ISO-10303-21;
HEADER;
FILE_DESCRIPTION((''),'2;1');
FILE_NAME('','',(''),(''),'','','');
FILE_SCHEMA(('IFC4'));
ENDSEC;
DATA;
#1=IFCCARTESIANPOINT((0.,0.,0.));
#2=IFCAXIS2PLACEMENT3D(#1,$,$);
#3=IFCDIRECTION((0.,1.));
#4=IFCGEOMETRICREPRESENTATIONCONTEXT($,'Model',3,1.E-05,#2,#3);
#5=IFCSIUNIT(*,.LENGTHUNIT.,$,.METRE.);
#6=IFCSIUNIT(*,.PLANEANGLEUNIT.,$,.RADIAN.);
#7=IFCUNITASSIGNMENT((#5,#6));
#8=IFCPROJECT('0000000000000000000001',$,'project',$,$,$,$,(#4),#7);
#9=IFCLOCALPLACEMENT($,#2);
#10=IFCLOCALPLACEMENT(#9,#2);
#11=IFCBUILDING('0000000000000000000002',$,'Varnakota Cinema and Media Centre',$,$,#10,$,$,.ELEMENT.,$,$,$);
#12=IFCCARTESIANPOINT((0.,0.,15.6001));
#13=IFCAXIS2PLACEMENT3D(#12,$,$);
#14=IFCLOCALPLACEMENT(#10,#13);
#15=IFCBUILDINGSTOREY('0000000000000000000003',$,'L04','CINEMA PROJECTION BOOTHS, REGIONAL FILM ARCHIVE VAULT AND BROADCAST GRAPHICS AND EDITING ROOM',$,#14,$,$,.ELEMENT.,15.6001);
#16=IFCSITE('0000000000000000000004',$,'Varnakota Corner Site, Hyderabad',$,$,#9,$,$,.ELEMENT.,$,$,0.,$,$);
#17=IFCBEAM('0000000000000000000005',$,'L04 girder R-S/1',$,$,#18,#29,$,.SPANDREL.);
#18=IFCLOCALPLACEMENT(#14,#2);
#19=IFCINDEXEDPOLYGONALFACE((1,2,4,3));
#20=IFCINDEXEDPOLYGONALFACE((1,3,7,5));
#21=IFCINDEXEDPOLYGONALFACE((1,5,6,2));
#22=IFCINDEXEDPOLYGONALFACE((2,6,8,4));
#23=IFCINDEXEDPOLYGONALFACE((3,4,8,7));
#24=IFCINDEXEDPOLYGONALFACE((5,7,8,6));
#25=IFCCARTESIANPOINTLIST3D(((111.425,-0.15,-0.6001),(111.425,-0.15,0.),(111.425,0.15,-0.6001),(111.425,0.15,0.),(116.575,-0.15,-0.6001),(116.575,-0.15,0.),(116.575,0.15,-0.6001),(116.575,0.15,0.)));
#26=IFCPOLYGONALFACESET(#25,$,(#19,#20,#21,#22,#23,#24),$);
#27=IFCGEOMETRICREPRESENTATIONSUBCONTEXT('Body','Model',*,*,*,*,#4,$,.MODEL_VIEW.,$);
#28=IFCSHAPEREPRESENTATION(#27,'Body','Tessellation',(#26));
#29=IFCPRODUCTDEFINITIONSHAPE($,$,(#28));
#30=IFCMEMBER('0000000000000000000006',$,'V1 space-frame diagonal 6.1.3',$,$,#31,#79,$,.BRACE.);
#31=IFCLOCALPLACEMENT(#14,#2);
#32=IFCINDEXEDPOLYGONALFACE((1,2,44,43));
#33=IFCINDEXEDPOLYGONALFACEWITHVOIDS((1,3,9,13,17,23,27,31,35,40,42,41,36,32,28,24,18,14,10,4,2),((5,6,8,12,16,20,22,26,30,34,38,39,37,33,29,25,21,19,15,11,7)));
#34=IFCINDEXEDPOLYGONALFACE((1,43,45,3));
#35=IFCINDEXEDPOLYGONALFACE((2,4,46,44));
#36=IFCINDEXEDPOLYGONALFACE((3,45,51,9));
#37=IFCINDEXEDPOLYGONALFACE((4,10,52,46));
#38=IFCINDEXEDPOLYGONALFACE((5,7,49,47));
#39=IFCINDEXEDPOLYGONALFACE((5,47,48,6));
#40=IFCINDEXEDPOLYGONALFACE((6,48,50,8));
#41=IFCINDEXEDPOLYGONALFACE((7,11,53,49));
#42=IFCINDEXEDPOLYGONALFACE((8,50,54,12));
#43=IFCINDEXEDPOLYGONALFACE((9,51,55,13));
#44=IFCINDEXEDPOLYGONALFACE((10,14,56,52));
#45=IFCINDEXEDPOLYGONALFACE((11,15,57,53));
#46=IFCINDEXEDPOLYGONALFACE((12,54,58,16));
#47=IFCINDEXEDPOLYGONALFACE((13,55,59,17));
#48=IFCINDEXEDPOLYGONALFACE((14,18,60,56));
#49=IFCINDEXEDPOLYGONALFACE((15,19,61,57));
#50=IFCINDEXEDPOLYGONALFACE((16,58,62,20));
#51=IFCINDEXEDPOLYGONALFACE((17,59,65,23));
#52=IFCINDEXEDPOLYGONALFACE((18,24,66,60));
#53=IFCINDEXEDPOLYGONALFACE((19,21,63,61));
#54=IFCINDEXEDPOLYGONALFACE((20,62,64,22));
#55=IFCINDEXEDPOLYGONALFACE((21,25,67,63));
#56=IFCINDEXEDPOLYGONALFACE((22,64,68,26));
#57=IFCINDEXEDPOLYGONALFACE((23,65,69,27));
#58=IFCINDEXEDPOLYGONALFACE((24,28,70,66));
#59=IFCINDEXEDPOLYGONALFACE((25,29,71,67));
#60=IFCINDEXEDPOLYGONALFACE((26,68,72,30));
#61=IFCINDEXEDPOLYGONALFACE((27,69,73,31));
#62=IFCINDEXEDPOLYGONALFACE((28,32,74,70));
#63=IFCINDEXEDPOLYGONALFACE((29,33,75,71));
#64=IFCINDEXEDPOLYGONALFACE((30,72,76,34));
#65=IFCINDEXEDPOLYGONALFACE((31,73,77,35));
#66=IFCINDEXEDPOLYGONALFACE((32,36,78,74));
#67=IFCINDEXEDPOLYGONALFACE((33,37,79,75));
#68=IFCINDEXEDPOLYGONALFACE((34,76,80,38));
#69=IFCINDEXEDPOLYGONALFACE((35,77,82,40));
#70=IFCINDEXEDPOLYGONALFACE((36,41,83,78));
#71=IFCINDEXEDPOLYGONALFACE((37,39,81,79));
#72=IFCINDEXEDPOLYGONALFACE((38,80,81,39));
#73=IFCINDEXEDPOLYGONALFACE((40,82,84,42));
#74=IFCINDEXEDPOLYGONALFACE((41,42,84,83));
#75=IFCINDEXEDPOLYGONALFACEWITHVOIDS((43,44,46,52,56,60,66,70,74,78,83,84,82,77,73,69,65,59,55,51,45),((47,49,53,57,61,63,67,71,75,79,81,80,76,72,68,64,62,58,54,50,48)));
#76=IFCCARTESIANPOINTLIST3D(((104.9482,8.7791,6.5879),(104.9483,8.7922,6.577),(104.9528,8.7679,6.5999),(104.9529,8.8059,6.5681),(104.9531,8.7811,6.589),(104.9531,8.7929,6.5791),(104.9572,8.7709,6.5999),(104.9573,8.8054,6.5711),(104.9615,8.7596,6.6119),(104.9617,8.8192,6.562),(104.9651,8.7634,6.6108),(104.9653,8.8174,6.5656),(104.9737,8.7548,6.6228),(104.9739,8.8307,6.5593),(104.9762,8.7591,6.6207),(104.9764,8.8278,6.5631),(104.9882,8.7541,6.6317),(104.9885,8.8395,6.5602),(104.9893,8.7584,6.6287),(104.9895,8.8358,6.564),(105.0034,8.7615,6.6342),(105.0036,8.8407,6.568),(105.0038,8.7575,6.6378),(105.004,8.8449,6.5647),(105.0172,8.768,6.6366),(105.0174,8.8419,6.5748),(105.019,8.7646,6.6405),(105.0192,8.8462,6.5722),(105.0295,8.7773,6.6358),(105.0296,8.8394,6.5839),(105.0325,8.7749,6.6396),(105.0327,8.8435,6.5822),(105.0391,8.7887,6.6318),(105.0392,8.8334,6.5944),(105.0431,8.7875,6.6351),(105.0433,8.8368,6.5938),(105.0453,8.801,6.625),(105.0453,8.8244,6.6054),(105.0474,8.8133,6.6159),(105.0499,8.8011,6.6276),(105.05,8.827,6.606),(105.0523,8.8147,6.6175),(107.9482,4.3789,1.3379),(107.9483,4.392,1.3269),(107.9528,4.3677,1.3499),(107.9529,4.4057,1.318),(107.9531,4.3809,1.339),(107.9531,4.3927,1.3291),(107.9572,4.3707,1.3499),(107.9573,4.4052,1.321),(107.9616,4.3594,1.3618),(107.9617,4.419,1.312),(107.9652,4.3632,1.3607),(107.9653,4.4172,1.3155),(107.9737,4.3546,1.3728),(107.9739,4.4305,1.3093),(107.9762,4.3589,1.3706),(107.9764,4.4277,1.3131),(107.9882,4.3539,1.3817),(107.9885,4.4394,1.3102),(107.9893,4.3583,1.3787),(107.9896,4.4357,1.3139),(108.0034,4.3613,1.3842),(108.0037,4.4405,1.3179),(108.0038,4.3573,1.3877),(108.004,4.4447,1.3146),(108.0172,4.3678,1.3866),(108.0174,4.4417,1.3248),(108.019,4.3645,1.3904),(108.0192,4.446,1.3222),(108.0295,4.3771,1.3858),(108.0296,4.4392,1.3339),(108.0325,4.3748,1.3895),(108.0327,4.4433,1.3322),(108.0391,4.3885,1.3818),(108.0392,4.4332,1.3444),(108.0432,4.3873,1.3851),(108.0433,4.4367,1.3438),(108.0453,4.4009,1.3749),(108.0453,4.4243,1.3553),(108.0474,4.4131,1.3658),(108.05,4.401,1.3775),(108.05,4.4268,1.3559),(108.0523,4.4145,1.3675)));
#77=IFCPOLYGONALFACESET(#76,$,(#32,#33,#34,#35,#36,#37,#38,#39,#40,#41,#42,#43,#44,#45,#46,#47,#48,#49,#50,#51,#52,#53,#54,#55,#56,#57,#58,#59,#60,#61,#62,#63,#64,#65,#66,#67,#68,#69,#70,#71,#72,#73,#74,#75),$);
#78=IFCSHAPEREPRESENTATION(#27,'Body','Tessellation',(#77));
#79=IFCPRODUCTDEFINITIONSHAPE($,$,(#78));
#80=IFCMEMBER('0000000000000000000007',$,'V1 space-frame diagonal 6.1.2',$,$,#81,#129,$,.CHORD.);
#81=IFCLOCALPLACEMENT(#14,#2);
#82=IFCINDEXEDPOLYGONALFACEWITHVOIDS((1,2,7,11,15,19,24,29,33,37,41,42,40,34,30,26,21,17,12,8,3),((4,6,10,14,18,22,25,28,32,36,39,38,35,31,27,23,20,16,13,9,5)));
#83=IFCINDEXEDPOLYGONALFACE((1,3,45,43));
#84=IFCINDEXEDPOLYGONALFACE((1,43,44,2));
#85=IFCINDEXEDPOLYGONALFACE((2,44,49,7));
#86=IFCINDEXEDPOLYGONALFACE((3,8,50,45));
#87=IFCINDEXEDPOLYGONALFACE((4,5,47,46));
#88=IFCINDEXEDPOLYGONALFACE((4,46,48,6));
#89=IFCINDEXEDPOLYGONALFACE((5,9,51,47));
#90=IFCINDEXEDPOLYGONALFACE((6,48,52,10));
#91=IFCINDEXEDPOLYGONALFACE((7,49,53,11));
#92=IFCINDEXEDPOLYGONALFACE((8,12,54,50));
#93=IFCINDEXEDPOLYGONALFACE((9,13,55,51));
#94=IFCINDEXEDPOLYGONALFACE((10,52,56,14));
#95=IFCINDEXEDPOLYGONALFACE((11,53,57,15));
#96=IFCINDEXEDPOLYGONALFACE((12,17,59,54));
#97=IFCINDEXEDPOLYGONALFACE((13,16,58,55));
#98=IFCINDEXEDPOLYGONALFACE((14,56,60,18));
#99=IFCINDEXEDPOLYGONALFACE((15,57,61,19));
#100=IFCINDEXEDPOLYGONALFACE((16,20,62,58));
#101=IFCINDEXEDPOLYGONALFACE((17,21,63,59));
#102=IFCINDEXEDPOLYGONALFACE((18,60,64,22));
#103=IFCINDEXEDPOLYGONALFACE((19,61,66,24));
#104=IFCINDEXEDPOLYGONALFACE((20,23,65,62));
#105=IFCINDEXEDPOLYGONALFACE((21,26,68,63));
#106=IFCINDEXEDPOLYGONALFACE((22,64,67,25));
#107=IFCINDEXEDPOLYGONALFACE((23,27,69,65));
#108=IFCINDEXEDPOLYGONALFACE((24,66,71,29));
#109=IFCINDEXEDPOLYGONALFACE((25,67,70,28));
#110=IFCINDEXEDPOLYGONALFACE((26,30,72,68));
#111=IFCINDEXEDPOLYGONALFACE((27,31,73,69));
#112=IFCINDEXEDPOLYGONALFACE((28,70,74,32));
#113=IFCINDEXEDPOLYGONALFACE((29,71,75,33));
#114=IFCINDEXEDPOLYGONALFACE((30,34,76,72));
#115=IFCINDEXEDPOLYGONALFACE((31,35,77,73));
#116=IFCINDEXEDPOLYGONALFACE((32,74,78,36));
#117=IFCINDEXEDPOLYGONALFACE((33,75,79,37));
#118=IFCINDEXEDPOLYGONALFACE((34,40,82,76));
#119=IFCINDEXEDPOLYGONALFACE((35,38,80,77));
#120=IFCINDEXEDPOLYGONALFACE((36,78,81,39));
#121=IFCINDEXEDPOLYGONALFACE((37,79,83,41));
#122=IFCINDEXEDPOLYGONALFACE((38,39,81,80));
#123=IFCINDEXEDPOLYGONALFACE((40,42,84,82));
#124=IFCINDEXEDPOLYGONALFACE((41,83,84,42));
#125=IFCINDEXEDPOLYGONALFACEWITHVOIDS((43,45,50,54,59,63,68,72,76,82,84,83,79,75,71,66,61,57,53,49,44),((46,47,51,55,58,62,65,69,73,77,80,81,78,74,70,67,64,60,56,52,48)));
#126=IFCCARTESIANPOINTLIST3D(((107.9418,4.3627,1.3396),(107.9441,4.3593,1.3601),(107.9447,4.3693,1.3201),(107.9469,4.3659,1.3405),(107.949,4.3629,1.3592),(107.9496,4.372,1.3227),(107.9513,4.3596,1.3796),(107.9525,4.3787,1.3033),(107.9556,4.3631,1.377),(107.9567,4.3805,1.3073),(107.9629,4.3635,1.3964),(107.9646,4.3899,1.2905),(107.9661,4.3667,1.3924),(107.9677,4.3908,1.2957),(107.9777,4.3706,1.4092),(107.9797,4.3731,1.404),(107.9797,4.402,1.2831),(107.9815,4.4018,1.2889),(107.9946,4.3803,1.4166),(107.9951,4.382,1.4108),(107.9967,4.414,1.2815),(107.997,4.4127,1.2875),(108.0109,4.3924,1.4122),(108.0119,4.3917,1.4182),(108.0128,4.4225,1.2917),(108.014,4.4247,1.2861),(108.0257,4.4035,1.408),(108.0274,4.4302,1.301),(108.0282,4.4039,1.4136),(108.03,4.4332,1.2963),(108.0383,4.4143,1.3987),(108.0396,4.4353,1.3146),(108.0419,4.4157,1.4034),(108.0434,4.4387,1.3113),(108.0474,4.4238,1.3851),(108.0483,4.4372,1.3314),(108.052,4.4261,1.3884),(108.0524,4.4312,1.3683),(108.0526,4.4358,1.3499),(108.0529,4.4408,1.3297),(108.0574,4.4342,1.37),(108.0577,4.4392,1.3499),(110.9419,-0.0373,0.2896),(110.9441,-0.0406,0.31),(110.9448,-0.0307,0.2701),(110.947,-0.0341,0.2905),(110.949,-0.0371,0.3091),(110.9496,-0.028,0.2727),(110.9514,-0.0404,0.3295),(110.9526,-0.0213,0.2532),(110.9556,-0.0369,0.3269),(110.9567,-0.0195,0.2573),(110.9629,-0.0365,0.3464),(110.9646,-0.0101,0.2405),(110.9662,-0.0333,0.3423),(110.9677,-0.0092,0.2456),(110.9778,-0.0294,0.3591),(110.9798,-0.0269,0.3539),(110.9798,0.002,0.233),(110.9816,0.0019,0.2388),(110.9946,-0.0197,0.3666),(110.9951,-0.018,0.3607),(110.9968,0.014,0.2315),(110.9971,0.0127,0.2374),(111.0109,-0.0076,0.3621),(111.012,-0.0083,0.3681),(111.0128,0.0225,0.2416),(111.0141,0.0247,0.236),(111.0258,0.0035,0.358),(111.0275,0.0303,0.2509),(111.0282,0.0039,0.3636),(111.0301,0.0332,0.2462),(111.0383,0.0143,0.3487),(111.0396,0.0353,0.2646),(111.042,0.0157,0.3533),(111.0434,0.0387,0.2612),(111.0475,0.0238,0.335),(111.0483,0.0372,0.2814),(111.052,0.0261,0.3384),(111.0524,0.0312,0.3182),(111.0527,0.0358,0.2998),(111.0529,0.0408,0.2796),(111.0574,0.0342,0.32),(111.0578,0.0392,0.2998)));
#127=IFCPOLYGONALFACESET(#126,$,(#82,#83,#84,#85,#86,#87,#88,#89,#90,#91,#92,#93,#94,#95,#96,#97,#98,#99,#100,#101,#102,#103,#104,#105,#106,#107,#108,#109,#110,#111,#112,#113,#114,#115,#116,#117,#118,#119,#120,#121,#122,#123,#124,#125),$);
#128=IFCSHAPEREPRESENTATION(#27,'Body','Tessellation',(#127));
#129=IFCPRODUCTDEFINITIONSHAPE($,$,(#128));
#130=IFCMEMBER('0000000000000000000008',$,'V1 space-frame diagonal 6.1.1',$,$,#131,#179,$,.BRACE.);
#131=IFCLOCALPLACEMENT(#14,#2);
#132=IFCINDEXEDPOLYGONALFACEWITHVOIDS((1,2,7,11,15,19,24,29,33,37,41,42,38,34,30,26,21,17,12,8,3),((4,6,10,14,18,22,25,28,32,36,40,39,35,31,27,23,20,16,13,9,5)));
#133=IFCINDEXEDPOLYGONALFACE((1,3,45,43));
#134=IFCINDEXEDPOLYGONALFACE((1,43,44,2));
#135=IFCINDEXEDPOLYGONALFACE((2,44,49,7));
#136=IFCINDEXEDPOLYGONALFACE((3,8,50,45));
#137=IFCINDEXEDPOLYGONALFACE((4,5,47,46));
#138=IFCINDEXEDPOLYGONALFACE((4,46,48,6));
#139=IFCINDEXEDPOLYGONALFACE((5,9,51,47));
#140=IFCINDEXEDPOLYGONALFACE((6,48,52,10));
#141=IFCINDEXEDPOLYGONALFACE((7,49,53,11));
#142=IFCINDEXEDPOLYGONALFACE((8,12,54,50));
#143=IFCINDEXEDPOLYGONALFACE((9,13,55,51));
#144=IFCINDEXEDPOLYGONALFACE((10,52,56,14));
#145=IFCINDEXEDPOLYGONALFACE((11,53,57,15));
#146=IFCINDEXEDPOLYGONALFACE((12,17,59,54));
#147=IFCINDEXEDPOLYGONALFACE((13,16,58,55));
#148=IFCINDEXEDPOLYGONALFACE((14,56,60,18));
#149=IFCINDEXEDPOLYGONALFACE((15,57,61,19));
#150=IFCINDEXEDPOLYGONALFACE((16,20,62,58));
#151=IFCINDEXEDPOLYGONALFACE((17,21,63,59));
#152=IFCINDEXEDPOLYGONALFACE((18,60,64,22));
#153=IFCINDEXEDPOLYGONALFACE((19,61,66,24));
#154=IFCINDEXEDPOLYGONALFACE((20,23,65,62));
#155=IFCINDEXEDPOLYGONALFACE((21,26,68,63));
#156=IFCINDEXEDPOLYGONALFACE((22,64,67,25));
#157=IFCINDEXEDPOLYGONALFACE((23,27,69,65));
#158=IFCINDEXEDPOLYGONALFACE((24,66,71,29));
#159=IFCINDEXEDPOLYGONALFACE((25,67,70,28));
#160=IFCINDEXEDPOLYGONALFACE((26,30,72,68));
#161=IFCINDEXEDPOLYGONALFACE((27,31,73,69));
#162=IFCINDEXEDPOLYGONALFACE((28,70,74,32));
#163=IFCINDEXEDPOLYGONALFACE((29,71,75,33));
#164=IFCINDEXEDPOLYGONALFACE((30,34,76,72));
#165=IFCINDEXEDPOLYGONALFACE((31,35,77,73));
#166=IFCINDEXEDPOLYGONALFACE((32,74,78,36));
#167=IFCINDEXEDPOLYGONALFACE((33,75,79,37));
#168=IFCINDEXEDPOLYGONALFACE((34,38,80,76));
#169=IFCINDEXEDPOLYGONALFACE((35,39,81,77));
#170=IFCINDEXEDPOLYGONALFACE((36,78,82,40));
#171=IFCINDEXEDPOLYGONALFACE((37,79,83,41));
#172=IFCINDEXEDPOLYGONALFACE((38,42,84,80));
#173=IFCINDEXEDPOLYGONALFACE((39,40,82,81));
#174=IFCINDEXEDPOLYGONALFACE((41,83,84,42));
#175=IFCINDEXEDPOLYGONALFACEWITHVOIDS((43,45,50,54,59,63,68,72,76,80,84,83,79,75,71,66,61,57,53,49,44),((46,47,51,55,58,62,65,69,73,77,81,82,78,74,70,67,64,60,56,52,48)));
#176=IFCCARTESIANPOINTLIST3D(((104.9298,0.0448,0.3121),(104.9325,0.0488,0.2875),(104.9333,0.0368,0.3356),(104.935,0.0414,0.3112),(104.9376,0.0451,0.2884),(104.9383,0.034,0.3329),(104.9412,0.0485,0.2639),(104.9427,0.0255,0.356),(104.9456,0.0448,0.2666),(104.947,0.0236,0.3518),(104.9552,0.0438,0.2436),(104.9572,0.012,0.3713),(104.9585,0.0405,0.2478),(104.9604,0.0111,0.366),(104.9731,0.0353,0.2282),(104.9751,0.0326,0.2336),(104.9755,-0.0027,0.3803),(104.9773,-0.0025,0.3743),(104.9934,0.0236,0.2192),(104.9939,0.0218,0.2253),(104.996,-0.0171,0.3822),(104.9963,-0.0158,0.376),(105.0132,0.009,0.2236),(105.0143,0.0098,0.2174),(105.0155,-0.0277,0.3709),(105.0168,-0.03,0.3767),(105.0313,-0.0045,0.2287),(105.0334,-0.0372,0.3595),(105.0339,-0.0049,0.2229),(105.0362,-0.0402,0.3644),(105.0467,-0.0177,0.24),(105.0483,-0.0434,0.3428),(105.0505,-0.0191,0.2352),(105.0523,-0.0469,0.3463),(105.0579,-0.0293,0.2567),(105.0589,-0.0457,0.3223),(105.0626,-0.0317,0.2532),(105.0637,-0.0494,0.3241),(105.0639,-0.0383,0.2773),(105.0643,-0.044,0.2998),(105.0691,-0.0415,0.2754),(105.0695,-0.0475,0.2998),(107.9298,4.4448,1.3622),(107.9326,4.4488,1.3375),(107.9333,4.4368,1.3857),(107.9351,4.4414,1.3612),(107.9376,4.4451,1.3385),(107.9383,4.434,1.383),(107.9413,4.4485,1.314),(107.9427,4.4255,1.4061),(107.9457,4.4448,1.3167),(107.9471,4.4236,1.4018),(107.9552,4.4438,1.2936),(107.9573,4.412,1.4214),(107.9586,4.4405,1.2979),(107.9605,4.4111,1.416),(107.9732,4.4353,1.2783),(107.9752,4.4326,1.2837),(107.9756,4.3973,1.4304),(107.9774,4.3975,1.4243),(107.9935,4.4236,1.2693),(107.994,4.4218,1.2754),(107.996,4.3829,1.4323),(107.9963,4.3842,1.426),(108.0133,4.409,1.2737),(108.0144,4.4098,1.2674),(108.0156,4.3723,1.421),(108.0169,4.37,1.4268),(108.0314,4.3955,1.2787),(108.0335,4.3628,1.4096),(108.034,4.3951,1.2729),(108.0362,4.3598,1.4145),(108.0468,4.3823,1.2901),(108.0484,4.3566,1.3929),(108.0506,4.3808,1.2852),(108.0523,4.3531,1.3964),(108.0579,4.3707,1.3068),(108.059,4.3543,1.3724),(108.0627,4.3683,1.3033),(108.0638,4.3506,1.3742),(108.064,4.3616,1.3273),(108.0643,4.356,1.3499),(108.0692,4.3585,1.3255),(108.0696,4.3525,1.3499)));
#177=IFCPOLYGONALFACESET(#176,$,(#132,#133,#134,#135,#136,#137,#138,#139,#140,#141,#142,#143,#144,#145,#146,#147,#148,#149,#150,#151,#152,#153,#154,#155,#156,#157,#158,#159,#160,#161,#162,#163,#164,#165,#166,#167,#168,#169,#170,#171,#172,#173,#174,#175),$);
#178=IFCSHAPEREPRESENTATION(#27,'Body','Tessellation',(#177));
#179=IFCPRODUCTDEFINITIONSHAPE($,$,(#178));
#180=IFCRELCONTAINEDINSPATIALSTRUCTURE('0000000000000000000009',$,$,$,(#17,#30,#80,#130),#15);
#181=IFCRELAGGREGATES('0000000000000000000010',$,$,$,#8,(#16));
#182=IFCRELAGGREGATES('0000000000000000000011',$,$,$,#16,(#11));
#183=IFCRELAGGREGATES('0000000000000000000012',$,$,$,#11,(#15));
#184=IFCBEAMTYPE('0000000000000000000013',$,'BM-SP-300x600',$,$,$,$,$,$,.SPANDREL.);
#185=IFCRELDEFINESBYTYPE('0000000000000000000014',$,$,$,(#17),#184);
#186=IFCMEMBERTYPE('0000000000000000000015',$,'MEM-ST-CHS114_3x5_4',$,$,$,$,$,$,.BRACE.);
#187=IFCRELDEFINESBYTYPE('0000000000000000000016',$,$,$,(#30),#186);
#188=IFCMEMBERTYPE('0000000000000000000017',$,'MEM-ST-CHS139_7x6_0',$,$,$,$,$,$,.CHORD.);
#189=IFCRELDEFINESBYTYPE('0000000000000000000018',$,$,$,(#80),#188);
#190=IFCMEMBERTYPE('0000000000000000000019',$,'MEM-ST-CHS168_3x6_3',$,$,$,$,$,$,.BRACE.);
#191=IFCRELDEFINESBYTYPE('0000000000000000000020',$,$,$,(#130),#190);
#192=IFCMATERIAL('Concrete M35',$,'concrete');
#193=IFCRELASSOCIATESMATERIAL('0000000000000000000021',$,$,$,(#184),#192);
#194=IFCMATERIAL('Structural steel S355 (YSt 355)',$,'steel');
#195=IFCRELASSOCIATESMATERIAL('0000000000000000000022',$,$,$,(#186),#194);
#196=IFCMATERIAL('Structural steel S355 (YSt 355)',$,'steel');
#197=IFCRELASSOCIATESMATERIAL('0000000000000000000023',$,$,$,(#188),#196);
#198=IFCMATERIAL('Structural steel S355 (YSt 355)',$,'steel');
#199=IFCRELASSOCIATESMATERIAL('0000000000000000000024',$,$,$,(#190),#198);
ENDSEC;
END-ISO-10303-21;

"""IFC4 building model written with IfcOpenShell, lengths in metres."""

from ifc_helpers import new_model, si_unit, direction, frame, origin, origin_2d, place, context, subcontext, project, spatial, rectangle, hollow_circle, extrude, material, material_profile, profile_set, type_object, element, save


model = new_model("IFC4")

# Units and contexts
model_context = context("Model", 3, precision=1e-05, world=origin(), true_north=direction((0.0, 1.0)))
body_context = subcontext(model_context, "Body", "Model", "MODEL_VIEW")
ifc_project = project(units=[si_unit("LENGTHUNIT", "METRE"), si_unit("PLANEANGLEUNIT", "RADIAN")], contexts=[model_context])

# Site, building, storey
site_placement = place(None, origin())
site = spatial("IfcSite", under=ifc_project, at=site_placement, Name="Varnakota Corner Site, Hyderabad", CompositionType="ELEMENT", RefElevation=0.0)
building_placement = place(site_placement, origin())
building = spatial("IfcBuilding", under=site, at=building_placement, Name="Varnakota Cinema and Media Centre", CompositionType="ELEMENT")
storey_placement = place(building_placement, frame((0.0, 0.0, 15.6001)))
storey = spatial("IfcBuildingStorey", under=building, at=storey_placement, Name="L04", Description="CINEMA PROJECTION BOOTHS, REGIONAL FILM ARCHIVE VAULT AND BROADCAST GRAPHICS AND EDITING ROOM", CompositionType="ELEMENT", Elevation=15.6001)

# Beam
ifc_material_1 = material(Name="Concrete M35", Category="concrete")
ifc_material_profile_1 = material_profile(ifc_material_1, rectangle(XDim=0.3, YDim=0.6001, at=origin_2d()), Name="RCB 300x600")
ifc_profile_set_1 = profile_set([ifc_material_profile_1], Name="Concrete M35")
beam_type = type_object("IfcBeamType", Name="BM-SP-300x600", PredefinedType="SPANDREL", material=ifc_profile_set_1)
beam_placement = place(storey_placement, frame((111.425, 0.0, -0.3), z_axis=(1.0, 0.0, 0.0), x_axis=(0.0, 1.0, 0.0)))
element("IfcBeam", 1, at=beam_placement, inside=storey, type_object=beam_type, Name="L04 girder R-S/1", PredefinedType="SPANDREL", context=body_context, shape_type="SweptSolid", body=[
    extrude(rectangle(XDim=0.3, YDim=0.6001, at=origin_2d()), origin(), (0.0, 0.0, 1.0), 5.1499),
])

# Members
ifc_material_2 = material(Name="Structural steel S355 (YSt 355)", Category="steel")
ifc_material_profile_2 = material_profile(ifc_material_2, hollow_circle(Radius=0.0571, WallThickness=0.0054, at=origin_2d()), Name="CHS 114.3x5.4")
ifc_profile_set_2 = profile_set([ifc_material_profile_2], Name="Structural steel S355 (YSt 355)")
member_type_1 = type_object("IfcMemberType", Name="MEM-ST-CHS114_3x5_4", PredefinedType="BRACE", material=ifc_profile_set_2)
member_1_placement = place(storey_placement, frame((108.0, 4.3999, 1.3499), z_axis=(-0.401165, 0.588395, 0.702039), x_axis=(-0.826236, -0.563324, 0.0)))
element("IfcMember", 2, at=member_1_placement, inside=storey, type_object=member_type_1, Name="V1 space-frame diagonal 6.1.3", PredefinedType="BRACE", context=body_context, shape_type="SweptSolid", body=[
    extrude(hollow_circle(Radius=0.0571, WallThickness=0.0054, at=origin_2d()), origin(), (0.0, 0.0, 1.0), 7.4783),
])
ifc_material_3 = material(Name="Structural steel S355 (YSt 355)", Category="steel")
ifc_material_profile_3 = material_profile(ifc_material_3, hollow_circle(Radius=0.0698, WallThickness=0.0061, at=origin_2d()), Name="CHS 139.7x6.0")
ifc_profile_set_3 = profile_set([ifc_material_profile_3], Name="Structural steel S355 (YSt 355)")
member_type_2 = type_object("IfcMemberType", Name="MEM-ST-CHS139_7x6_0", PredefinedType="CHORD", material=ifc_profile_set_3)
member_2_placement = place(storey_placement, frame((108.0, 4.3999, 1.3499), z_axis=(0.552703, -0.810613, -0.193455), x_axis=(0.826222, 0.563345, 0.0)))
element("IfcMember", 3, at=member_2_placement, inside=storey, type_object=member_type_2, Name="V1 space-frame diagonal 6.1.2", PredefinedType="CHORD", context=body_context, shape_type="SweptSolid", body=[
    extrude(hollow_circle(Radius=0.0698, WallThickness=0.0061, at=origin_2d()), origin(), (0.0, 0.0, 1.0), 5.428),
])
ifc_material_4 = material(Name="Structural steel S355 (YSt 355)", Category="steel")
ifc_material_profile_4 = material_profile(ifc_material_4, hollow_circle(Radius=0.0842, WallThickness=0.0063, at=origin_2d()), Name="CHS 168.3x6.3")
ifc_profile_set_4 = profile_set([ifc_material_profile_4], Name="Structural steel S355 (YSt 355)")
member_type_3 = type_object("IfcMemberType", Name="MEM-ST-CHS168_3x6_3", PredefinedType="BRACE", material=ifc_profile_set_4)
member_3_placement = place(storey_placement, frame((108.0, 4.3999, 1.3499), z_axis=(-0.552703, -0.810613, -0.193455), x_axis=(0.826222, -0.563345, 0.0)))
element("IfcMember", 4, at=member_3_placement, inside=storey, type_object=member_type_3, Name="V1 space-frame diagonal 6.1.1", PredefinedType="BRACE", context=body_context, shape_type="SweptSolid", body=[
    extrude(hollow_circle(Radius=0.0842, WallThickness=0.0063, at=origin_2d()), origin(), (0.0, 0.0, 1.0), 5.428),
])

save(model, "model.ifc")
